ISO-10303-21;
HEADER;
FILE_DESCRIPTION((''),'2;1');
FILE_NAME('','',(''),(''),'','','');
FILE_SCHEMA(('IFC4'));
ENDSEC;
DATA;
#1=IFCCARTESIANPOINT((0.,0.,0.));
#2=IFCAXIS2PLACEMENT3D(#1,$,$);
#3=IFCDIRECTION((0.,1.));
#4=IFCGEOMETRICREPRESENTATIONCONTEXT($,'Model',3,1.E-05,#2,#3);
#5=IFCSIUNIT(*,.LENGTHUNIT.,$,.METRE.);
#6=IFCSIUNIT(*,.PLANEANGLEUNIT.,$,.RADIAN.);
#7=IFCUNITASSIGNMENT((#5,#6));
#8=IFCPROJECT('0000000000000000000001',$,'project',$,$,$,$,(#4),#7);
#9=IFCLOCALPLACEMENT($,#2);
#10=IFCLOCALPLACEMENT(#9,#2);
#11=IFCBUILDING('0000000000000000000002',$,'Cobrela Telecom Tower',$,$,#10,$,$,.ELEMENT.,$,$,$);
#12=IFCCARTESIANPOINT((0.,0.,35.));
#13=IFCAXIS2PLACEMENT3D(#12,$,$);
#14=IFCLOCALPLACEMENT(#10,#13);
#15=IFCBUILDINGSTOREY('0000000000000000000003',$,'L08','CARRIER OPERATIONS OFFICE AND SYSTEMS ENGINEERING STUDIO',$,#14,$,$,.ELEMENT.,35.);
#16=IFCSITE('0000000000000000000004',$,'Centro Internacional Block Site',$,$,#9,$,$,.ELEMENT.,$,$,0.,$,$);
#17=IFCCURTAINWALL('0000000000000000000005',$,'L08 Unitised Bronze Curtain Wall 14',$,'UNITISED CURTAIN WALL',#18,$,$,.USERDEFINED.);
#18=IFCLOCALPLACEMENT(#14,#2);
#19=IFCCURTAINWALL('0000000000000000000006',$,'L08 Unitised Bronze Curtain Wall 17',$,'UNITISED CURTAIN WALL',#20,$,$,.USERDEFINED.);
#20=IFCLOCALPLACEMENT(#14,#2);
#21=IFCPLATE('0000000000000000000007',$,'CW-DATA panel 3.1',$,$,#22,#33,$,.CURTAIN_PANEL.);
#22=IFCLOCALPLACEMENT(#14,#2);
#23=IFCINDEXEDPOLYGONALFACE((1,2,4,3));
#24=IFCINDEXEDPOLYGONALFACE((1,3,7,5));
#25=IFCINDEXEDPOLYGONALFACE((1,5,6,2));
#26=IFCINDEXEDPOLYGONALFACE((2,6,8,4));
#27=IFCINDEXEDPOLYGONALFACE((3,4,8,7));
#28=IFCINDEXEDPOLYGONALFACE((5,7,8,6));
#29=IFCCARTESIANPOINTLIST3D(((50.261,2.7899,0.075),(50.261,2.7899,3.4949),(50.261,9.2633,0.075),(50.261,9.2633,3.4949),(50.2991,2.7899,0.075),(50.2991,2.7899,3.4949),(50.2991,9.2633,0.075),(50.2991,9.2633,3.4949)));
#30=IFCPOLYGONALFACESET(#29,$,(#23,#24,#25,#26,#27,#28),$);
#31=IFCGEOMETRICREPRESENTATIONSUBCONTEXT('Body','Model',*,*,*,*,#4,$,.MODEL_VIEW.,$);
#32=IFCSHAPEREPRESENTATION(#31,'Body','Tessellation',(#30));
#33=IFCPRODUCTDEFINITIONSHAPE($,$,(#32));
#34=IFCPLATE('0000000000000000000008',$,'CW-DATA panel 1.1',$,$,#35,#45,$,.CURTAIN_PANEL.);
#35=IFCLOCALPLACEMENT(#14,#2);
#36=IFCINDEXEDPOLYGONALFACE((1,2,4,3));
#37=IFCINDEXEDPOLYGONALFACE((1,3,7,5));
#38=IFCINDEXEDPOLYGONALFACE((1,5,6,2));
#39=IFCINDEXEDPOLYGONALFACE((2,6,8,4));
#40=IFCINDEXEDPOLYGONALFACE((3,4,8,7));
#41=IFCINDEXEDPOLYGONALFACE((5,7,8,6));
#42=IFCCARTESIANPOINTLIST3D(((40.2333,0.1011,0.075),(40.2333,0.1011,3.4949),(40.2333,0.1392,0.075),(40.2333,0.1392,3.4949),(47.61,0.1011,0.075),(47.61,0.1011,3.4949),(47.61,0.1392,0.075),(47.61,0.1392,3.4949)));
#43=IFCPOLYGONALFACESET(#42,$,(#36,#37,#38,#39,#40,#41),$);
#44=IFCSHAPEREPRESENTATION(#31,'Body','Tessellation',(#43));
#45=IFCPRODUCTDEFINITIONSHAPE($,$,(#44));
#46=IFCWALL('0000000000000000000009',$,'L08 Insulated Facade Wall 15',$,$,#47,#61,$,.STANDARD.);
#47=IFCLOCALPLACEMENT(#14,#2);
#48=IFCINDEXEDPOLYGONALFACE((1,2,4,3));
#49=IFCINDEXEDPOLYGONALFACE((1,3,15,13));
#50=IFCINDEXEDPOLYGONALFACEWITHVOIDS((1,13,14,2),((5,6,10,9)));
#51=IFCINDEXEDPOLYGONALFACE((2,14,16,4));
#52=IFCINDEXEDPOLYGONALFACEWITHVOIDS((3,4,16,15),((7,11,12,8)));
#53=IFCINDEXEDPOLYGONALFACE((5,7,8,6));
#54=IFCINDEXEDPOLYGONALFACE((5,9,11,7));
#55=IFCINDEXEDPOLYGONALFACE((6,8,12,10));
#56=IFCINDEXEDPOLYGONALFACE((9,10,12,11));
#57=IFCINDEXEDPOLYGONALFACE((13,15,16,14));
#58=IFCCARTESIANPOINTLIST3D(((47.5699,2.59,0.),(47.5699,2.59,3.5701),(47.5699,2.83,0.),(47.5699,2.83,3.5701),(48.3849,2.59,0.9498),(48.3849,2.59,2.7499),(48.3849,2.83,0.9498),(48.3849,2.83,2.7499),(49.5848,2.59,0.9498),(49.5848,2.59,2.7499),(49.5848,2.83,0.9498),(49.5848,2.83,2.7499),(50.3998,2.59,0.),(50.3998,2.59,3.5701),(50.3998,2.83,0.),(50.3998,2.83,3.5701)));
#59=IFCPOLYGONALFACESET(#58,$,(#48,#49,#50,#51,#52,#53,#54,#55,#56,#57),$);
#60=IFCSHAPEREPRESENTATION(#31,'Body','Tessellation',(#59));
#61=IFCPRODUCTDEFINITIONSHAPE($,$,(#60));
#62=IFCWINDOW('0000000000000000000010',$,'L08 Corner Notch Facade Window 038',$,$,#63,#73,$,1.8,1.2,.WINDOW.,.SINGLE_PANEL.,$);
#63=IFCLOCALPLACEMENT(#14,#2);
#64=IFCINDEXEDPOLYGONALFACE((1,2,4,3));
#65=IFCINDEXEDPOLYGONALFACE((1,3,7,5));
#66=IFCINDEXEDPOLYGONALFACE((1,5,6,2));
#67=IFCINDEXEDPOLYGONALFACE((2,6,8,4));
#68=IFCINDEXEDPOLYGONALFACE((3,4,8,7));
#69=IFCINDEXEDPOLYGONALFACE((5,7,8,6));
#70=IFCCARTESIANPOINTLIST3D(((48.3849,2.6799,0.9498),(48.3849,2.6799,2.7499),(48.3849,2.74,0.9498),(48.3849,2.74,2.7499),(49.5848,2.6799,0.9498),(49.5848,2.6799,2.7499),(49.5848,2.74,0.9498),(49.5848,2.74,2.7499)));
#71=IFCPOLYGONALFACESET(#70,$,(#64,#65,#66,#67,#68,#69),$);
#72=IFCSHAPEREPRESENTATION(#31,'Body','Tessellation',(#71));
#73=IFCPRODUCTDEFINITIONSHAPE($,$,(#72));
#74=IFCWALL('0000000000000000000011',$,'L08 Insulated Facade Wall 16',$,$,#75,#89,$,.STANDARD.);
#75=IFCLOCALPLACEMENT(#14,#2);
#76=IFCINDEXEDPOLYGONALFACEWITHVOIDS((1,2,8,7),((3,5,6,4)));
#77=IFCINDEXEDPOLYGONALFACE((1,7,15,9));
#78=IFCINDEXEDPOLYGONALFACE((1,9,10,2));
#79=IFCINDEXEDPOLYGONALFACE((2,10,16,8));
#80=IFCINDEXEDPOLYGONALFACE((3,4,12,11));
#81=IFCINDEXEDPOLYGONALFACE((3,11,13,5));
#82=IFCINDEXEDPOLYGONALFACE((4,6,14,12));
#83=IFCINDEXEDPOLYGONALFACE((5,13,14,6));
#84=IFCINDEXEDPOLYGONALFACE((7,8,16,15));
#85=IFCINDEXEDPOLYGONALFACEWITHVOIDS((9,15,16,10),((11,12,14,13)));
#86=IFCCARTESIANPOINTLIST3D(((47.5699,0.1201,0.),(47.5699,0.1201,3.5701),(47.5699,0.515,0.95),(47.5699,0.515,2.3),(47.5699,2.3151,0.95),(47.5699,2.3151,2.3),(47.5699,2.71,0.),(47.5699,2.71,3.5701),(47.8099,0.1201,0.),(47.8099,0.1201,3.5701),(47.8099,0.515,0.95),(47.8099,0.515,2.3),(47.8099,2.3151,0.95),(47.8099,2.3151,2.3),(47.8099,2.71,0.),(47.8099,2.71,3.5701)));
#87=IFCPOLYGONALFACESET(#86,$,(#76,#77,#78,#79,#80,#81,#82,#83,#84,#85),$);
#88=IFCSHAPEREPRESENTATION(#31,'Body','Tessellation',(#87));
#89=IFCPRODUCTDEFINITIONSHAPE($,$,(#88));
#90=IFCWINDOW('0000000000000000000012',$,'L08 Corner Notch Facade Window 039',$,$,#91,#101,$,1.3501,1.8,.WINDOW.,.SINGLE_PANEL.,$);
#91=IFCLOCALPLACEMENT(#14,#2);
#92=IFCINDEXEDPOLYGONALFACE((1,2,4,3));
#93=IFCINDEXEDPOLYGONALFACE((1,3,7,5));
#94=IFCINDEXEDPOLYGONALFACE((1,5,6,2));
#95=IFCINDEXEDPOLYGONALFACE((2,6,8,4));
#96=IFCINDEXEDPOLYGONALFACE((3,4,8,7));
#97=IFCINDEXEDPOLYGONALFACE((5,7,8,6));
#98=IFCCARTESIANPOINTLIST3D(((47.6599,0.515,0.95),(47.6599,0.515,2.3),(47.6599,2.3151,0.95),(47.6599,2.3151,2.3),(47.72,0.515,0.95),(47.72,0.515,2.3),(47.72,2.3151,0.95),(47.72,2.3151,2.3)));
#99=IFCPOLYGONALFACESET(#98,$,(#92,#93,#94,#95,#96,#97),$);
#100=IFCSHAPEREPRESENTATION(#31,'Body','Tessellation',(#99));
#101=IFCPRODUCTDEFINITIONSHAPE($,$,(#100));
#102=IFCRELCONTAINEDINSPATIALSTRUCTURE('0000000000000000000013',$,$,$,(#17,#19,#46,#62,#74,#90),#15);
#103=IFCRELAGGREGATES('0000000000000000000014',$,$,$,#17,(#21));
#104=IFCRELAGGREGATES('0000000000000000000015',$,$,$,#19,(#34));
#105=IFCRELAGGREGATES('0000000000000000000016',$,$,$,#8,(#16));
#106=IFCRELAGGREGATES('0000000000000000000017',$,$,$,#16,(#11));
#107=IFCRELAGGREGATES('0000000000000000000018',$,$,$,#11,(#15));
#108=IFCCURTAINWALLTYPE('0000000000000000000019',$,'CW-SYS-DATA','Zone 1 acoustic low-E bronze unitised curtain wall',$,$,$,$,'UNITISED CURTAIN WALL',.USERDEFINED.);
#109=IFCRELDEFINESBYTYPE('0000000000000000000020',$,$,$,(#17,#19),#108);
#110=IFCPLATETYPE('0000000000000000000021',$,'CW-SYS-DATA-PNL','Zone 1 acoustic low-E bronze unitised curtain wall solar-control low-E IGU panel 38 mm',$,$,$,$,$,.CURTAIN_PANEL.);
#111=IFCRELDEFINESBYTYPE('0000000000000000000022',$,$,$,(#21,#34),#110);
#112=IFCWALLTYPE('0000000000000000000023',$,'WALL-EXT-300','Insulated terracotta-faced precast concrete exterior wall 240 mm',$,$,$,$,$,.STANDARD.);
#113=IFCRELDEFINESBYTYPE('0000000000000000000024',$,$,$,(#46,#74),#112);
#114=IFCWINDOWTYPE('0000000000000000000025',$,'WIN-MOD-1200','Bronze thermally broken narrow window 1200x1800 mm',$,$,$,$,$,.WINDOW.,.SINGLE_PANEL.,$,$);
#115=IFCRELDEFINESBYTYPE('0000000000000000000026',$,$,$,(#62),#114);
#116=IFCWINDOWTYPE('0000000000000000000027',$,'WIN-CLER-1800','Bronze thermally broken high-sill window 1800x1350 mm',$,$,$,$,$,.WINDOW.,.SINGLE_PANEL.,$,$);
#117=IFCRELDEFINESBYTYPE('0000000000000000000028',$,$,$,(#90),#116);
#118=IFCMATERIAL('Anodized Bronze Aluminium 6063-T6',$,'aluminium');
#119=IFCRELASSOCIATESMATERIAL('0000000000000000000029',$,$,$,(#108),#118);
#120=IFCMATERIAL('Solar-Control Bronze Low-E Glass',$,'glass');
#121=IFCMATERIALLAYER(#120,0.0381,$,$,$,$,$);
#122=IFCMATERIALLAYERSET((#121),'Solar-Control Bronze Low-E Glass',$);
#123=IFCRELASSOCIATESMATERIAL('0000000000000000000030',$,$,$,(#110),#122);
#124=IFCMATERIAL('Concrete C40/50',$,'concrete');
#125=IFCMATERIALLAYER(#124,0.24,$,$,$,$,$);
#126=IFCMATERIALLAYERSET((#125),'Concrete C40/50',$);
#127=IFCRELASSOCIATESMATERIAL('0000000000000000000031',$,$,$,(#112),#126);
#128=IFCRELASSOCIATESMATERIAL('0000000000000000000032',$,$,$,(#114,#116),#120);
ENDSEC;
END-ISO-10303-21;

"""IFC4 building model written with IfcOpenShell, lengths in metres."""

from ifc_helpers import new_model, si_unit, direction, frame, frame_2d, origin, origin_2d, place, context, subcontext, project, spatial, rectangle, extrude, material, layer, layer_set, type_object, element, fill, aggregate, save


model = new_model("IFC4")

# Units and contexts
model_context = context("Model", 3, precision=1e-05, world=origin(), true_north=direction((0.0, 1.0)))
body_context = subcontext(model_context, "Body", "Model", "MODEL_VIEW")
ifc_project = project(units=[si_unit("LENGTHUNIT", "METRE"), si_unit("PLANEANGLEUNIT", "RADIAN")], contexts=[model_context])

# Site, building, storey
site_placement = place(None, origin())
site = spatial("IfcSite", under=ifc_project, at=site_placement, Name="Centro Internacional Block Site", CompositionType="ELEMENT", RefElevation=0.0)
building_placement = place(site_placement, origin())
building = spatial("IfcBuilding", under=site, at=building_placement, Name="Cobrela Telecom Tower", CompositionType="ELEMENT")
storey_placement = place(building_placement, frame((0.0, 0.0, 35.0)))
storey = spatial("IfcBuildingStorey", under=building, at=storey_placement, Name="L08", Description="CARRIER OPERATIONS OFFICE AND SYSTEMS ENGINEERING STUDIO", CompositionType="ELEMENT", Elevation=35.0)

# Curtain wall
ifc_material_1 = material(Name="Anodized Bronze Aluminium 6063-T6", Category="aluminium")
curtain_wall_type = type_object("IfcCurtainWallType", Name="CW-SYS-DATA", Description="Zone 1 acoustic low-E bronze unitised curtain wall", ElementType="UNITISED CURTAIN WALL", PredefinedType="USERDEFINED", material=ifc_material_1)
curtain_wall_1_placement = place(storey_placement, origin())
curtain_wall_1 = element("IfcCurtainWall", 1, at=curtain_wall_1_placement, inside=storey, type_object=curtain_wall_type, Name="L08 Unitised Bronze Curtain Wall 14", ObjectType="UNITISED CURTAIN WALL", PredefinedType="USERDEFINED")

# Curtain wall
curtain_wall_2_placement = place(storey_placement, origin())
curtain_wall_2 = element("IfcCurtainWall", 2, at=curtain_wall_2_placement, inside=storey, type_object=curtain_wall_type, Name="L08 Unitised Bronze Curtain Wall 17", ObjectType="UNITISED CURTAIN WALL", PredefinedType="USERDEFINED")

# Plates
ifc_material_2 = material(Name="Solar-Control Bronze Low-E Glass", Category="glass")
ifc_layer_1 = layer(ifc_material_2, 0.0381)
ifc_layer_set_1 = layer_set([ifc_layer_1], Name="Solar-Control Bronze Low-E Glass")
plate_type = type_object("IfcPlateType", Name="CW-SYS-DATA-PNL", Description="Zone 1 acoustic low-E bronze unitised curtain wall solar-control low-E IGU panel 38 mm", PredefinedType="CURTAIN_PANEL", material=ifc_layer_set_1)
plate_1_placement = place(storey_placement, frame((50.28, 6.0266, 0.075), z_axis=(0.0, 0.0, 1.0), x_axis=(0.0, -1.0, 0.0)))
plate_1 = element("IfcPlate", 3, at=plate_1_placement, type_object=plate_type, Name="CW-DATA panel 3.1", PredefinedType="CURTAIN_PANEL", context=body_context, shape_type="SweptSolid", body=[
    extrude(rectangle(XDim=6.4734, YDim=0.0381, at=origin_2d()), origin(), (0.0, 0.0, 1.0), 3.4199),
])
aggregate(curtain_wall_1, [plate_1])
plate_2_placement = place(storey_placement, frame((43.9216, 0.1201, 0.075), z_axis=(0.0, 0.0, 1.0), x_axis=(-1.0, 0.0, 0.0)))
plate_2 = element("IfcPlate", 4, at=plate_2_placement, type_object=plate_type, Name="CW-DATA panel 1.1", PredefinedType="CURTAIN_PANEL", context=body_context, shape_type="SweptSolid", body=[
    extrude(rectangle(XDim=7.3767, YDim=0.0381, at=origin_2d()), origin(), (0.0, 0.0, 1.0), 3.4199),
])
aggregate(curtain_wall_2, [plate_2])

# Walls, openings, windows
ifc_material_3 = material(Name="Concrete C40/50", Category="concrete")
ifc_layer_2 = layer(ifc_material_3, 0.24)
ifc_layer_set_2 = layer_set([ifc_layer_2], Name="Concrete C40/50")
wall_type = type_object("IfcWallType", Name="WALL-EXT-300", Description="Insulated terracotta-faced precast concrete exterior wall 240 mm", PredefinedType="STANDARD", material=ifc_layer_set_2)
wall_1_placement = place(storey_placement, frame((50.3999, 2.71, 0.0), z_axis=(0.0, 0.0, 1.0), x_axis=(-1.0, 0.0, 0.0)))
wall_1 = element("IfcWall", 5, at=wall_1_placement, inside=storey, type_object=wall_type, Name="L08 Insulated Facade Wall 15", PredefinedType="STANDARD", context=body_context, shape_type="SweptSolid", body=[
    extrude(rectangle(XDim=2.8298, YDim=0.24, at=frame_2d((1.415, 0.0))), origin(), (0.0, 0.0, 1.0), 3.5701),
])
opening_1_placement = place(wall_1_placement, frame((0.8149, 0.0, 0.95)))
opening_1 = element("IfcOpeningElement", 6, at=opening_1_placement, cuts=wall_1, PredefinedType="OPENING", context=body_context, shape_type="SweptSolid", body=[
    extrude(rectangle(XDim=1.2, YDim=1.8, at=frame_2d((0.6001, 0.8999))), frame((0.0, 0.1318, 0.0), z_axis=(0.0, -1.0, 0.0), x_axis=(1.0, 0.0, 0.0)), (0.0, 0.0, 1.0), 0.2639),
])
window_type_1 = type_object("IfcWindowType", Name="WIN-MOD-1200", Description="Bronze thermally broken narrow window 1200x1800 mm", PartitioningType="SINGLE_PANEL", PredefinedType="WINDOW", material=ifc_material_2)
window_1_placement = place(opening_1_placement, origin())
window_1 = element("IfcWindow", 7, at=window_1_placement, inside=storey, type_object=window_type_1, Name="L08 Corner Notch Facade Window 038", OverallHeight=1.8, OverallWidth=1.2, PartitioningType="SINGLE_PANEL", PredefinedType="WINDOW", context=body_context, shape_type="SweptSolid", body=[
    extrude(rectangle(XDim=1.2, YDim=1.8, at=frame_2d((0.6001, 0.8999))), frame((0.0, 0.03, 0.0), z_axis=(0.0, -1.0, 0.0), x_axis=(1.0, 0.0, 0.0)), (0.0, 0.0, 1.0), 0.0601),
])
fill(opening_1, window_1)
wall_2_placement = place(storey_placement, frame((47.6899, 2.71, 0.0), z_axis=(0.0, 0.0, 1.0), x_axis=(0.0, -1.0, 0.0)))
wall_2 = element("IfcWall", 8, at=wall_2_placement, inside=storey, type_object=wall_type, Name="L08 Insulated Facade Wall 16", PredefinedType="STANDARD", context=body_context, shape_type="SweptSolid", body=[
    extrude(rectangle(XDim=2.5898, YDim=0.24, at=frame_2d((1.2949, 0.0))), origin(), (0.0, 0.0, 1.0), 3.5701),
])
opening_2_placement = place(wall_2_placement, frame((0.395, 0.0, 0.95)))
opening_2 = element("IfcOpeningElement", 9, at=opening_2_placement, cuts=wall_2, PredefinedType="OPENING", context=body_context, shape_type="SweptSolid", body=[
    extrude(rectangle(XDim=1.8, YDim=1.3501, at=frame_2d((0.8999, 0.675))), frame((0.0, 0.1318, 0.0), z_axis=(0.0, -1.0, 0.0), x_axis=(1.0, 0.0, 0.0)), (0.0, 0.0, 1.0), 0.2639),
])
window_type_2 = type_object("IfcWindowType", Name="WIN-CLER-1800", Description="Bronze thermally broken high-sill window 1800x1350 mm", PartitioningType="SINGLE_PANEL", PredefinedType="WINDOW", material=ifc_material_2)
window_2_placement = place(opening_2_placement, origin())
window_2 = element("IfcWindow", 10, at=window_2_placement, inside=storey, type_object=window_type_2, Name="L08 Corner Notch Facade Window 039", OverallHeight=1.3501, OverallWidth=1.8, PartitioningType="SINGLE_PANEL", PredefinedType="WINDOW", context=body_context, shape_type="SweptSolid", body=[
    extrude(rectangle(XDim=1.8, YDim=1.3501, at=frame_2d((0.8999, 0.675))), frame((0.0, 0.03, 0.0), z_axis=(0.0, -1.0, 0.0), x_axis=(1.0, 0.0, 0.0)), (0.0, 0.0, 1.0), 0.0601),
])
fill(opening_2, window_2)

save(model, "model.ifc")
